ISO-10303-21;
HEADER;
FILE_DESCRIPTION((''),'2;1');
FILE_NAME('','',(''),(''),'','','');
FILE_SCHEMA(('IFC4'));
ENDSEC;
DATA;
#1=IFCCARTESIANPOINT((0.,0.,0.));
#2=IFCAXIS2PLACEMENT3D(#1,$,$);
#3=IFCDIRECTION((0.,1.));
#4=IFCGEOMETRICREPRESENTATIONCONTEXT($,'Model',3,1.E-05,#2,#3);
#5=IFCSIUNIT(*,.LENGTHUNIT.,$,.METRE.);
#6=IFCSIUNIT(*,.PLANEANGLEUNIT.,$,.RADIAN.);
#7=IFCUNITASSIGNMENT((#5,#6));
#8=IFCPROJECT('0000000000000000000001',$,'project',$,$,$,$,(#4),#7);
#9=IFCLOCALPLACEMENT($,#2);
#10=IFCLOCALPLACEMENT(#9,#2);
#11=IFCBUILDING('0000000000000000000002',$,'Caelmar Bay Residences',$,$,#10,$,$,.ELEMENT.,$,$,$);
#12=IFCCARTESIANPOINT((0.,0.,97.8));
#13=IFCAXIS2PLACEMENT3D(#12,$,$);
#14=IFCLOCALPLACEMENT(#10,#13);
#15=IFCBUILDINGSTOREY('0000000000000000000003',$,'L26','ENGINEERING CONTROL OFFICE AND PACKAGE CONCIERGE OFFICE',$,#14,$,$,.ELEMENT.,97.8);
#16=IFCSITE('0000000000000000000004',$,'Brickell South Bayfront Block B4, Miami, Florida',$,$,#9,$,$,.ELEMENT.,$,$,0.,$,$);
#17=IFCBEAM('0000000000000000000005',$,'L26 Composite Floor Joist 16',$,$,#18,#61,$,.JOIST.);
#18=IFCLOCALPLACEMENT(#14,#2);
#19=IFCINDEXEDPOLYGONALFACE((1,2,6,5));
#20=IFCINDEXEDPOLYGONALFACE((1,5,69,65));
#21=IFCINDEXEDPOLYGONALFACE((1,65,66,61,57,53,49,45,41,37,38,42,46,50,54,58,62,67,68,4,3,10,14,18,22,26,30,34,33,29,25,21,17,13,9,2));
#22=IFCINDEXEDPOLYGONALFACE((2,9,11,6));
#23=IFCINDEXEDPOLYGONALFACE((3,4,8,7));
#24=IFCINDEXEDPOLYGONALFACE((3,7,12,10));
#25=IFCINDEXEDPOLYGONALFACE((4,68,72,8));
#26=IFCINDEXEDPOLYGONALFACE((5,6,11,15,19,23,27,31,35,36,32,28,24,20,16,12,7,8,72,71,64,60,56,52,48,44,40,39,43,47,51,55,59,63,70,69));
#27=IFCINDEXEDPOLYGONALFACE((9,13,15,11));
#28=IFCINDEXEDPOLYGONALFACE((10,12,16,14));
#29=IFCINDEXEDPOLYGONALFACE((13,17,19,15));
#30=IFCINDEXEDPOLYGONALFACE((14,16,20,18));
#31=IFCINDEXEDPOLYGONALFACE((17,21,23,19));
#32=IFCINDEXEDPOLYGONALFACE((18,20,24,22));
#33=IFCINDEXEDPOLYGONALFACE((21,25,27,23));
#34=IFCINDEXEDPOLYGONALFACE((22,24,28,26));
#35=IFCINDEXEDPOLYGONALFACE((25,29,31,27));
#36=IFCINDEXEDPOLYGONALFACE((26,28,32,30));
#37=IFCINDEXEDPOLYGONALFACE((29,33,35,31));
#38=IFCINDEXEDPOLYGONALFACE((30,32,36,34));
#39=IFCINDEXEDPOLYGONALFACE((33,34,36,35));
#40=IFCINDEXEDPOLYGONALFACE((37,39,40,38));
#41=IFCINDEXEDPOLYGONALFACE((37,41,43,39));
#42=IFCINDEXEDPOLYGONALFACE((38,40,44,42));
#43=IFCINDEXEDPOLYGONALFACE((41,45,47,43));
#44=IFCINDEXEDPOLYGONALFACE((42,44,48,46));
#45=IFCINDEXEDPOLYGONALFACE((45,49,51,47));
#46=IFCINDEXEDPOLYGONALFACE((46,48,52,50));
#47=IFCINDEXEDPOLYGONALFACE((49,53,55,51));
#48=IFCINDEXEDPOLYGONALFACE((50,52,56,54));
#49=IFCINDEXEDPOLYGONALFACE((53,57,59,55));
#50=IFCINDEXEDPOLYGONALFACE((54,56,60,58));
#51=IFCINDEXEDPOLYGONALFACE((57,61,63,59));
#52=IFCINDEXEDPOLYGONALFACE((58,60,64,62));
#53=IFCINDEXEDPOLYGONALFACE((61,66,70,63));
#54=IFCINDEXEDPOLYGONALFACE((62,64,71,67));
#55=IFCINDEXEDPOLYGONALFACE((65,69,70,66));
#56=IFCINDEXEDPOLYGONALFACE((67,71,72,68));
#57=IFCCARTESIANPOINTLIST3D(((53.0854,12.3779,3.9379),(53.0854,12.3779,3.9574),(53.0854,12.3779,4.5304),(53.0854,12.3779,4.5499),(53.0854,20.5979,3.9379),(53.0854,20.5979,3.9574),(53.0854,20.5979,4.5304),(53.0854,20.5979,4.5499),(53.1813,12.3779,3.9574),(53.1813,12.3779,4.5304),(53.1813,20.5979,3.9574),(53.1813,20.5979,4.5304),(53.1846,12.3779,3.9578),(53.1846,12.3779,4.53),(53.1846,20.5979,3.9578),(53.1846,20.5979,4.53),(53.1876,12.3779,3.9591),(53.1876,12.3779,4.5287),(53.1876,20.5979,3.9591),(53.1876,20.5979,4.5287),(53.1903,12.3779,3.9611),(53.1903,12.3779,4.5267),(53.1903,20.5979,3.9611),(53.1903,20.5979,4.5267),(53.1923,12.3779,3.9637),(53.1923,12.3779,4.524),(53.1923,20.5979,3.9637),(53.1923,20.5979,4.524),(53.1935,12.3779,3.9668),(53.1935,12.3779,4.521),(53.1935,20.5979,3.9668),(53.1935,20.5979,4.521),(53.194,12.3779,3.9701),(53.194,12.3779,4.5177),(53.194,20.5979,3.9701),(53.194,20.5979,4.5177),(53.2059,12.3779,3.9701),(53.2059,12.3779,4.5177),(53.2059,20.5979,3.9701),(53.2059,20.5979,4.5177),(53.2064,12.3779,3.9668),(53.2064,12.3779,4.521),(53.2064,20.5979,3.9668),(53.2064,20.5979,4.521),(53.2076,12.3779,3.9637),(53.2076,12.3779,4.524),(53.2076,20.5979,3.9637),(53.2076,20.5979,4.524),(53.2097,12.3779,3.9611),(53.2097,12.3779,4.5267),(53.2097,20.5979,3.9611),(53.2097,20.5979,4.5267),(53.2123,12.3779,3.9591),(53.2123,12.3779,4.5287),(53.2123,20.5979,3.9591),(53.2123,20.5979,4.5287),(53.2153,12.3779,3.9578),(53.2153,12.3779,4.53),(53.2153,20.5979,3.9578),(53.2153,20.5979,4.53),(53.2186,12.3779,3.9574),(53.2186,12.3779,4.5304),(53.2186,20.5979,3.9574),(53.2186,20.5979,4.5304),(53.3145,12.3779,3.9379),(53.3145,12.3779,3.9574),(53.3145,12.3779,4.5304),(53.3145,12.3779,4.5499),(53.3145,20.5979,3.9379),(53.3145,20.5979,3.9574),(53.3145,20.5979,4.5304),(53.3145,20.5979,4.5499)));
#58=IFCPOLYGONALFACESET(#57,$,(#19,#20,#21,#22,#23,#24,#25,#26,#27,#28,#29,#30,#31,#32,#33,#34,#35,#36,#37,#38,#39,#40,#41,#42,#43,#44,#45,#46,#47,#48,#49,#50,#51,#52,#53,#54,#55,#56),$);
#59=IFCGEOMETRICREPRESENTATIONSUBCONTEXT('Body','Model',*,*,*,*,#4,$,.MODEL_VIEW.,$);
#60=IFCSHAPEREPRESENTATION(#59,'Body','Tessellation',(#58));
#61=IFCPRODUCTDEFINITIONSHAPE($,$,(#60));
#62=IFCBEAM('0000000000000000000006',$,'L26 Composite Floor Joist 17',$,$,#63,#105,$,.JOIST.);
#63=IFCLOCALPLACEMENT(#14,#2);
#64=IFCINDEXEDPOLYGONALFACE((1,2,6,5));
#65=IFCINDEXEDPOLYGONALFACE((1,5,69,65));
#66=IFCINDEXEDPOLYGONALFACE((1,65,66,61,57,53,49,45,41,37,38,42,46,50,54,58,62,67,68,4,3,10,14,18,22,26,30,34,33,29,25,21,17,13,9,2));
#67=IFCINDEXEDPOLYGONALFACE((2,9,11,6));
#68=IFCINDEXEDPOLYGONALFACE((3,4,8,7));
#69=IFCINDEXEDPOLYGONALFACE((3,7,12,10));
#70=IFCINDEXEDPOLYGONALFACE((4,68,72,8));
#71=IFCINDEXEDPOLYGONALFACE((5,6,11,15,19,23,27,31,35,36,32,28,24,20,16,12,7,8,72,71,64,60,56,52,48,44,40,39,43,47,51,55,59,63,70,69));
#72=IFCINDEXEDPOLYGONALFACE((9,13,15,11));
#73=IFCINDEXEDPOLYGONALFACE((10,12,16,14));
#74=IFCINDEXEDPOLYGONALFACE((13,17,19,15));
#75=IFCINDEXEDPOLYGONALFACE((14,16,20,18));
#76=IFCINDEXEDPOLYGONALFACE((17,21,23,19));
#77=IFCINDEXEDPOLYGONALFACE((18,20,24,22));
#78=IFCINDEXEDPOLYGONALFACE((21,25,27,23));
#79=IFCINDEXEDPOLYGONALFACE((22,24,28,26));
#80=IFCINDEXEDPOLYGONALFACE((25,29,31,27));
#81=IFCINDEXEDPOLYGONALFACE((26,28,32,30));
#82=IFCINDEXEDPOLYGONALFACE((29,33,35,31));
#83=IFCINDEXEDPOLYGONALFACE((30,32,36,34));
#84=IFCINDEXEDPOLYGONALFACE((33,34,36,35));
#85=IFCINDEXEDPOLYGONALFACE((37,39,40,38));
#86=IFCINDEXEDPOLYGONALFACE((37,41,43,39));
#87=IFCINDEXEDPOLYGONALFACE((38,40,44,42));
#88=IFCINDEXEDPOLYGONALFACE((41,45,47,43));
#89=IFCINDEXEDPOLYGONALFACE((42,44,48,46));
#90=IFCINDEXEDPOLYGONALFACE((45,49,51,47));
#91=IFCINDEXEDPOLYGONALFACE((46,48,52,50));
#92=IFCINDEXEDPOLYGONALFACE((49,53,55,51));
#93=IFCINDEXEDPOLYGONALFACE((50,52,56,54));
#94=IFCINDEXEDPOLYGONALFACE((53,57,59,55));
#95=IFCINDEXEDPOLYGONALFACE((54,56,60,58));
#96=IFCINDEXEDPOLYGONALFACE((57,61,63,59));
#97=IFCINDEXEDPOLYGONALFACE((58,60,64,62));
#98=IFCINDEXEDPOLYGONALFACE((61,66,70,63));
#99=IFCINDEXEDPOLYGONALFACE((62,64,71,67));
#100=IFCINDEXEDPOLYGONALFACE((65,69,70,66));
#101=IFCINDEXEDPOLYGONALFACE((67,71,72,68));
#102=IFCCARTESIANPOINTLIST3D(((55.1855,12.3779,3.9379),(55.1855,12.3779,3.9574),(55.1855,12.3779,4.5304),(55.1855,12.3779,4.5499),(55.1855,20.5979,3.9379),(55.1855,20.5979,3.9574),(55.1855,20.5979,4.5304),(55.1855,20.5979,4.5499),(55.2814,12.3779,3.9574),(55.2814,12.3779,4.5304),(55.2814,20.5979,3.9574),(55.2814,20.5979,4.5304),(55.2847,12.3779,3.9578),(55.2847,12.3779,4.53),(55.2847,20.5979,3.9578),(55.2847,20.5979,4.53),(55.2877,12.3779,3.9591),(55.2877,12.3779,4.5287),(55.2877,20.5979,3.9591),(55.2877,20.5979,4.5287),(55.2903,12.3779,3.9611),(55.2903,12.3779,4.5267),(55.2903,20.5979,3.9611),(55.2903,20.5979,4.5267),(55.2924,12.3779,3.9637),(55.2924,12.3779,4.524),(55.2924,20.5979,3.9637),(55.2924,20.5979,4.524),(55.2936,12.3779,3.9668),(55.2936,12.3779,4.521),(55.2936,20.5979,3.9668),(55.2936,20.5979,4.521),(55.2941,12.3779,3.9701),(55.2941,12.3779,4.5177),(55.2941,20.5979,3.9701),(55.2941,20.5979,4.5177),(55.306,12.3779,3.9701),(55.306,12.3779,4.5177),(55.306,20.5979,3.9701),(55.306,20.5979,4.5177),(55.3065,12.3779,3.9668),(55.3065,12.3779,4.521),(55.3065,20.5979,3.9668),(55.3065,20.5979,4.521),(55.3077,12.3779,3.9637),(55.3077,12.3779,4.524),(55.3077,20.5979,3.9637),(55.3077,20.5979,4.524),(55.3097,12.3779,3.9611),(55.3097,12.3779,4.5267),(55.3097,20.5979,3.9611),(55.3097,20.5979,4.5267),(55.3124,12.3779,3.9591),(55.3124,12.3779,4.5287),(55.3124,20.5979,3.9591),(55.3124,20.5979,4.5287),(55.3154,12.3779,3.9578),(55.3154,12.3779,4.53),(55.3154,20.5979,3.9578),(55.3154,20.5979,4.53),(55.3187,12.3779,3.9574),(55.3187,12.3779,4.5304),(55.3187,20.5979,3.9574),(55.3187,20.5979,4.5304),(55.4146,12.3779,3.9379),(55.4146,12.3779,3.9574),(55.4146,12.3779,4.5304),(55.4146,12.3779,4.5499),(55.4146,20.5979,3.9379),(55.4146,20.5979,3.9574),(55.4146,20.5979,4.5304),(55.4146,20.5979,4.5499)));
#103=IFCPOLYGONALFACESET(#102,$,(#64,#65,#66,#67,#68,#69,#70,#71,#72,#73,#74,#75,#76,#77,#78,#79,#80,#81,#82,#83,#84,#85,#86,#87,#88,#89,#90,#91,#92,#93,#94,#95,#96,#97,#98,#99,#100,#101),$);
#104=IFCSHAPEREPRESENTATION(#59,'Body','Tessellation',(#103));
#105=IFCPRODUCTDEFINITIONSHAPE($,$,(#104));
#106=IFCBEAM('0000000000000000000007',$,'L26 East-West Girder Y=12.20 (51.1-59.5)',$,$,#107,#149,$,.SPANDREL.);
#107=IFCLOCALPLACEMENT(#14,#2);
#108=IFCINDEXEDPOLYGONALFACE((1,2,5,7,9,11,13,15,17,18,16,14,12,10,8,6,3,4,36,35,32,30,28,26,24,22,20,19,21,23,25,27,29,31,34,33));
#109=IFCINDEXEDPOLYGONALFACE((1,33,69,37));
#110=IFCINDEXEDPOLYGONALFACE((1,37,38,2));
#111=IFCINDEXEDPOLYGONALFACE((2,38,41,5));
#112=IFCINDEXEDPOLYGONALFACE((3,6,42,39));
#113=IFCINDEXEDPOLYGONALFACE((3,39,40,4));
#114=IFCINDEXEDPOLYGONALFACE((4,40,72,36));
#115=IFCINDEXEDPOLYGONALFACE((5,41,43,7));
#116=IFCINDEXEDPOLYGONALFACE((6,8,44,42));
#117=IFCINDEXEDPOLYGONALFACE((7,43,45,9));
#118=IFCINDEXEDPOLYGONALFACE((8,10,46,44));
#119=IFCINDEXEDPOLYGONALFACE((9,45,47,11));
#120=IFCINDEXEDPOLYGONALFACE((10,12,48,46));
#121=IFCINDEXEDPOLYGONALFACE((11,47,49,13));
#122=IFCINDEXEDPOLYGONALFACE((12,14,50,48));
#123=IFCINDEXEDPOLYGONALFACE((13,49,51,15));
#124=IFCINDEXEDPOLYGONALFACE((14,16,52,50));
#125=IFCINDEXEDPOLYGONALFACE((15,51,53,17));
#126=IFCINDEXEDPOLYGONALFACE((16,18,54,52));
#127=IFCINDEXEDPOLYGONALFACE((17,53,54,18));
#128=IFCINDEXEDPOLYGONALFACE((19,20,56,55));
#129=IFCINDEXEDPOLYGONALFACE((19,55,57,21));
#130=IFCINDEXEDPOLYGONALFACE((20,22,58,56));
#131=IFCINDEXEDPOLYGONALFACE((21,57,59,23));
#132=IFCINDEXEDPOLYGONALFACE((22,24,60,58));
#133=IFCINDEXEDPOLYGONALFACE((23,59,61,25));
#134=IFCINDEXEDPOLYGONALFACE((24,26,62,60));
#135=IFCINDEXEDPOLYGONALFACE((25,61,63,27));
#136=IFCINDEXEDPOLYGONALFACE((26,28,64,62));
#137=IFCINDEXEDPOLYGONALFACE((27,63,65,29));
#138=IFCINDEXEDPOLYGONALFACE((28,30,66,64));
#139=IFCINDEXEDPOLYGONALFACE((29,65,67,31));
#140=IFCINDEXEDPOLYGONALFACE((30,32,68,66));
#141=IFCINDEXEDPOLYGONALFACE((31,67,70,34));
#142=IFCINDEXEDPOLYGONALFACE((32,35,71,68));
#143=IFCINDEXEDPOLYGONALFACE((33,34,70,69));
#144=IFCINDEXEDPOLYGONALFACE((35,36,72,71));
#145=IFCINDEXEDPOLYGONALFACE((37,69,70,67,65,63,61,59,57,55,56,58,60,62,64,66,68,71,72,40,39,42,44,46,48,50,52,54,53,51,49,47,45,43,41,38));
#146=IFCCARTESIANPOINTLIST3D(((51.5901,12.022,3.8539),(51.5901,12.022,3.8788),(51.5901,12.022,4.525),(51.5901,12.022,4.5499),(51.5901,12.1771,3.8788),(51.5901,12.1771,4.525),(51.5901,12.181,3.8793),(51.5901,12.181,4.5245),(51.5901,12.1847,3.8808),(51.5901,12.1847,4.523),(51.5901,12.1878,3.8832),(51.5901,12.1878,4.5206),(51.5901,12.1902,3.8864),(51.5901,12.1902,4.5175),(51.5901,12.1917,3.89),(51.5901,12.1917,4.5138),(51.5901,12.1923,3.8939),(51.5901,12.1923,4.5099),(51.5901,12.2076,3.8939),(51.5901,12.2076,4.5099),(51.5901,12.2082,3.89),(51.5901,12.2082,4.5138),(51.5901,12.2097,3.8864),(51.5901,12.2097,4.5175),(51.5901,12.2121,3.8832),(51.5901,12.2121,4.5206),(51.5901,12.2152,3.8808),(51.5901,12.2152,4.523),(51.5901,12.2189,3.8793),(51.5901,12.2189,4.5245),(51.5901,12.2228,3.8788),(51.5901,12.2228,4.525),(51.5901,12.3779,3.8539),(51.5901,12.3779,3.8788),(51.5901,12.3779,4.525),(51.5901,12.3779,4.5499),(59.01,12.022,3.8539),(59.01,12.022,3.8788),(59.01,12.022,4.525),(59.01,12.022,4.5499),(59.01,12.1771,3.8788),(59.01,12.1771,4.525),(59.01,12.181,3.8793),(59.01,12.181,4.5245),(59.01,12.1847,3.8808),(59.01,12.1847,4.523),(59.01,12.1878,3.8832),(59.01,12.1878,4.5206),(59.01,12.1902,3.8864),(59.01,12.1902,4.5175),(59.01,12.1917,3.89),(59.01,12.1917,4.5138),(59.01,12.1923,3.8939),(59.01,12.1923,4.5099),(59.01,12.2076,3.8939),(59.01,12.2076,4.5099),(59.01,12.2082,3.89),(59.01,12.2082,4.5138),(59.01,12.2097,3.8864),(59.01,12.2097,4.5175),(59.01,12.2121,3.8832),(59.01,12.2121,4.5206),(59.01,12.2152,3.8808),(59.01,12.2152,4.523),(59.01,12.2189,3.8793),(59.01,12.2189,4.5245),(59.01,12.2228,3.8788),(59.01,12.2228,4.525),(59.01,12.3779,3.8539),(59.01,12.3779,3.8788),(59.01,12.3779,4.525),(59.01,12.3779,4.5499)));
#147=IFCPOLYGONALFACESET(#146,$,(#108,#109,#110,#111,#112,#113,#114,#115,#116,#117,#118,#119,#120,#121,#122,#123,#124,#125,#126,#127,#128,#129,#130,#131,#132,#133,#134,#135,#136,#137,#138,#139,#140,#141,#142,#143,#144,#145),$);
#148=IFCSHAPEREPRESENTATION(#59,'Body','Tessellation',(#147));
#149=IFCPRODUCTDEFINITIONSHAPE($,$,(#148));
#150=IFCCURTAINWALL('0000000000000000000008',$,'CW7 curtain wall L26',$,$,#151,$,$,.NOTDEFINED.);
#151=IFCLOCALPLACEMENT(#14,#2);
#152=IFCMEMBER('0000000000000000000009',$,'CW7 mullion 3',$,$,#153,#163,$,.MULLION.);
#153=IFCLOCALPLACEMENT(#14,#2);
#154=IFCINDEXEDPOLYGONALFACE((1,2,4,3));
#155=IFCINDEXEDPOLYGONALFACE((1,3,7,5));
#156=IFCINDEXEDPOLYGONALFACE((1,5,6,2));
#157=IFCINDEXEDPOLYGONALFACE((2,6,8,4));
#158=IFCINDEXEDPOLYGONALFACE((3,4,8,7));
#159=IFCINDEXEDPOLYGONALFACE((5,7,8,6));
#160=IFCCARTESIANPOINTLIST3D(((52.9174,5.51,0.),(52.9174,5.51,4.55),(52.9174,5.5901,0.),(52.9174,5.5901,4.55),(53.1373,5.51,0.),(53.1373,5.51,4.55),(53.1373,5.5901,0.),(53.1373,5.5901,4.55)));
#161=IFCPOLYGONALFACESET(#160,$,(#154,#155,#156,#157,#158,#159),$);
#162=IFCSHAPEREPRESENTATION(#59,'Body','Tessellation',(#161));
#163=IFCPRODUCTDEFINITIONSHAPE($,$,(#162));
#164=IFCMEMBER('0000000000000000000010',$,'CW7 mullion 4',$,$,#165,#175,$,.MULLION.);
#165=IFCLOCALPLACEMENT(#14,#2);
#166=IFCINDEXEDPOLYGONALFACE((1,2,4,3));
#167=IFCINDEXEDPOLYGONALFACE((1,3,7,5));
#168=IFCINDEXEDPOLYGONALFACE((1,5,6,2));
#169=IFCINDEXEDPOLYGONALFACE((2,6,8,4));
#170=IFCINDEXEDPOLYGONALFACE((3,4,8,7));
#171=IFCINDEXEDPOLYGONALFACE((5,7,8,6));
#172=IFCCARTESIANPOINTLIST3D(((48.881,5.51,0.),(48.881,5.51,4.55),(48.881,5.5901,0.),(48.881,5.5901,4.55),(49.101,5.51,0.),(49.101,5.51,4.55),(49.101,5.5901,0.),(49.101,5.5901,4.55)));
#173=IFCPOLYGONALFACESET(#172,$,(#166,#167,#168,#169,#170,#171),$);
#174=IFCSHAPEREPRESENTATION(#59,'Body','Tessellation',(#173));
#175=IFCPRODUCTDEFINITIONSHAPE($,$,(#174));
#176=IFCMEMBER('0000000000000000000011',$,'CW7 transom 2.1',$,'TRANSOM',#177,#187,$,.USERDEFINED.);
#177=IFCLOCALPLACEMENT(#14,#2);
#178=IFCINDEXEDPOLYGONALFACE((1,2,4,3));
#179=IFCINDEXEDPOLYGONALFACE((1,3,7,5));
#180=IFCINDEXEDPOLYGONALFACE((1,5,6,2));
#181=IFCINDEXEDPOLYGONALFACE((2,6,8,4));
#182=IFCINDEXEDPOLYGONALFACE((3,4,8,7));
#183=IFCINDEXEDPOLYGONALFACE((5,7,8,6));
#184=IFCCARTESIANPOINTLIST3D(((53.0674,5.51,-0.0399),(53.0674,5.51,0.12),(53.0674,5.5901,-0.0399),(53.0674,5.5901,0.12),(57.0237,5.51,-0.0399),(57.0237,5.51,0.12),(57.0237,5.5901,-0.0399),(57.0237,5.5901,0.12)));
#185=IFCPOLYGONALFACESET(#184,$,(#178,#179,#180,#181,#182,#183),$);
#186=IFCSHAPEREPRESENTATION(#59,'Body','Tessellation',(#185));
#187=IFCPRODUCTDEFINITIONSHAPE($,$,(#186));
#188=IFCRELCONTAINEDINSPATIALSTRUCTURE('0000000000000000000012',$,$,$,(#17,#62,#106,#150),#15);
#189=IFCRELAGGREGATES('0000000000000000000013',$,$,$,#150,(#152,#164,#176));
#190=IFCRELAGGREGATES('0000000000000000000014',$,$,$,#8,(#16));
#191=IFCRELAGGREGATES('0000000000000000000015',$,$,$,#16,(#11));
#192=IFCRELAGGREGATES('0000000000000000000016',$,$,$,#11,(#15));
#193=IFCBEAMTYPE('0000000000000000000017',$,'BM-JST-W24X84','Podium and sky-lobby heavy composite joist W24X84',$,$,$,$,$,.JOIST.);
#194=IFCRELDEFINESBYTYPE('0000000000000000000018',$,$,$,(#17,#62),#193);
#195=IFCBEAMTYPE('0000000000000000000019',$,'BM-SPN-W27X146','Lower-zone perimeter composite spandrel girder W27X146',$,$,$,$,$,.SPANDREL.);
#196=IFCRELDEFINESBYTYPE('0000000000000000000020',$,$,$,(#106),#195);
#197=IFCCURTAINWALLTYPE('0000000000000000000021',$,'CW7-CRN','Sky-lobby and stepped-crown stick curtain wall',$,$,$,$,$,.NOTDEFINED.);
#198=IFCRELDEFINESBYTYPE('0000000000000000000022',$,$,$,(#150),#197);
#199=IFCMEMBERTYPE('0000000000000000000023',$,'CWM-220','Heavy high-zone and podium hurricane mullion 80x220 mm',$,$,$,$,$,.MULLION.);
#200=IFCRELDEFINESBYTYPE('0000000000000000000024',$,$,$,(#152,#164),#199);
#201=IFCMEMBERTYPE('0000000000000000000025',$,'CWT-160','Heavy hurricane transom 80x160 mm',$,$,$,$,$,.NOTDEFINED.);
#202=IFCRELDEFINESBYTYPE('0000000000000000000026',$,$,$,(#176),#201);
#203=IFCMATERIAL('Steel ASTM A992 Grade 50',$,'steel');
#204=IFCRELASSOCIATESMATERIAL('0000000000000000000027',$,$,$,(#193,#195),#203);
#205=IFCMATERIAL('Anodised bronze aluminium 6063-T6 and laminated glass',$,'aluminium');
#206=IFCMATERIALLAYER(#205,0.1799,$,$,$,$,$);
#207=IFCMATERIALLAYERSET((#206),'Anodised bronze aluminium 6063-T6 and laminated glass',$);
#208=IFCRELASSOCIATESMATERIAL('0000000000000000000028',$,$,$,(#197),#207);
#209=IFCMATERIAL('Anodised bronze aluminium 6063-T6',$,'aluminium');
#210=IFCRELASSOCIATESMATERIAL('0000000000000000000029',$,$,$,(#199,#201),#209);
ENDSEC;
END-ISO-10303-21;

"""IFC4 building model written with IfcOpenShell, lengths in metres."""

from ifc_helpers import new_model, si_unit, direction, frame, origin, origin_2d, place, context, subcontext, project, spatial, rectangle, i_section, extrude, material, layer, layer_set, material_profile, profile_set, type_object, element, aggregate, save


model = new_model("IFC4")

# Units and contexts
model_context = context("Model", 3, precision=1e-05, world=origin(), true_north=direction((0.0, 1.0)))
body_context = subcontext(model_context, "Body", "Model", "MODEL_VIEW")
ifc_project = project(units=[si_unit("LENGTHUNIT", "METRE"), si_unit("PLANEANGLEUNIT", "RADIAN")], contexts=[model_context])

# Site, building, storey
site_placement = place(None, origin())
site = spatial("IfcSite", under=ifc_project, at=site_placement, Name="Brickell South Bayfront Block B4, Miami, Florida", CompositionType="ELEMENT", RefElevation=0.0)
building_placement = place(site_placement, origin())
building = spatial("IfcBuilding", under=site, at=building_placement, Name="Caelmar Bay Residences", CompositionType="ELEMENT")
storey_placement = place(building_placement, frame((0.0, 0.0, 97.8)))
storey = spatial("IfcBuildingStorey", under=building, at=storey_placement, Name="L26", Description="ENGINEERING CONTROL OFFICE AND PACKAGE CONCIERGE OFFICE", CompositionType="ELEMENT", Elevation=97.8)

# Beams
ifc_material_1 = material(Name="Steel ASTM A992 Grade 50", Category="steel")
ifc_material_profile_1 = material_profile(ifc_material_1, i_section(OverallWidth=0.229, OverallDepth=0.6121, WebThickness=0.012, FlangeThickness=0.0195, FilletRadius=0.0127, at=origin_2d()), Name="W24X84")
ifc_profile_set_1 = profile_set([ifc_material_profile_1], Name="Steel ASTM A992 Grade 50")
beam_type_1 = type_object("IfcBeamType", Name="BM-JST-W24X84", Description="Podium and sky-lobby heavy composite joist W24X84", PredefinedType="JOIST", material=ifc_profile_set_1)
for number, where, z_axis, x_axis, name in (
    (1, (53.2, 12.3779, 4.2439), (0.0, 1.0, 0.0), (-1.0, 0.0, 0.0), "L26 Composite Floor Joist 16"),
    (2, (55.3, 12.3779, 4.2439), (0.0, 1.0, 0.0), (-1.0, 0.0, 0.0), "L26 Composite Floor Joist 17"),
):
    element("IfcBeam", number, at=place(storey_placement, frame(where, z_axis=z_axis, x_axis=x_axis)), inside=storey, type_object=beam_type_1, Name=name, PredefinedType="JOIST", context=body_context, shape_type="SweptSolid", body=[
        extrude(i_section(OverallWidth=0.229, OverallDepth=0.6121, WebThickness=0.012, FlangeThickness=0.0195, FilletRadius=0.0127, at=origin_2d()), origin(), (0.0, 0.0, 1.0), 8.22),
    ])
ifc_material_profile_2 = material_profile(ifc_material_1, i_section(OverallWidth=0.356, OverallDepth=0.696, WebThickness=0.0154, FlangeThickness=0.0249, FilletRadius=0.0151, at=origin_2d()), Name="W27X146")
ifc_profile_set_2 = profile_set([ifc_material_profile_2], Name="Steel ASTM A992 Grade 50")
beam_type_2 = type_object("IfcBeamType", Name="BM-SPN-W27X146", Description="Lower-zone perimeter composite spandrel girder W27X146", PredefinedType="SPANDREL", material=ifc_profile_set_2)
beam_1_placement = place(storey_placement, frame((51.5901, 12.2, 4.2019), z_axis=(1.0, 0.0, 0.0), x_axis=(0.0, 1.0, 0.0)))
element("IfcBeam", 3, at=beam_1_placement, inside=storey, type_object=beam_type_2, Name="L26 East-West Girder Y=12.20 (51.1-59.5)", PredefinedType="SPANDREL", context=body_context, shape_type="SweptSolid", body=[
    extrude(i_section(OverallWidth=0.356, OverallDepth=0.696, WebThickness=0.0154, FlangeThickness=0.0249, FilletRadius=0.0151, at=origin_2d()), origin(), (0.0, 0.0, 1.0), 7.4199),
])

# Curtain wall, members
ifc_material_2 = material(Name="Anodised bronze aluminium 6063-T6 and laminated glass", Category="aluminium")
ifc_layer_1 = layer(ifc_material_2, 0.1799)
ifc_layer_set_1 = layer_set([ifc_layer_1], Name="Anodised bronze aluminium 6063-T6 and laminated glass")
curtain_wall_type = type_object("IfcCurtainWallType", Name="CW7-CRN", Description="Sky-lobby and stepped-crown stick curtain wall", PredefinedType="NOTDEFINED", material=ifc_layer_set_1)
curtain_wall_placement = place(storey_placement, origin())
curtain_wall = element("IfcCurtainWall", 4, at=curtain_wall_placement, inside=storey, type_object=curtain_wall_type, Name="CW7 curtain wall L26", PredefinedType="NOTDEFINED")
ifc_material_3 = material(Name="Anodised bronze aluminium 6063-T6", Category="aluminium")
ifc_material_profile_3 = material_profile(ifc_material_3, rectangle(XDim=0.0801, YDim=0.22, at=origin_2d()), Name="CWM-80X220")
ifc_profile_set_3 = profile_set([ifc_material_profile_3], Name="Anodised bronze aluminium 6063-T6")
member_type_1 = type_object("IfcMemberType", Name="CWM-220", Description="Heavy high-zone and podium hurricane mullion 80x220 mm", PredefinedType="MULLION", material=ifc_profile_set_3)
member_1_placement = place(storey_placement, frame((53.0273, 5.55, 0.0), z_axis=(0.0, 0.0, 1.0), x_axis=(0.0, -1.0, 0.0)))
member_1 = element("IfcMember", 5, at=member_1_placement, type_object=member_type_1, Name="CW7 mullion 3", PredefinedType="MULLION", context=body_context, shape_type="SweptSolid", body=[
    extrude(rectangle(XDim=0.0801, YDim=0.22, at=origin_2d()), origin(), (0.0, 0.0, 1.0), 4.55),
])
member_2_placement = place(storey_placement, frame((48.991, 5.55, 0.0), z_axis=(0.0, 0.0, 1.0), x_axis=(0.0, -1.0, 0.0)))
member_2 = element("IfcMember", 6, at=member_2_placement, type_object=member_type_1, Name="CW7 mullion 4", PredefinedType="MULLION", context=body_context, shape_type="SweptSolid", body=[
    extrude(rectangle(XDim=0.0801, YDim=0.22, at=origin_2d()), origin(), (0.0, 0.0, 1.0), 4.55),
])
ifc_material_profile_4 = material_profile(ifc_material_3, rectangle(XDim=0.0801, YDim=0.1599, at=origin_2d()), Name="CWT-80X160")
ifc_profile_set_4 = profile_set([ifc_material_profile_4], Name="Anodised bronze aluminium 6063-T6")
member_type_2 = type_object("IfcMemberType", Name="CWT-160", Description="Heavy hurricane transom 80x160 mm", PredefinedType="NOTDEFINED", material=ifc_profile_set_4)
member_3_placement = place(storey_placement, frame((57.0237, 5.55, 0.04), z_axis=(-1.0, 0.0, 0.0), x_axis=(0.0, -1.0, 0.0)))
member_3 = element("IfcMember", 7, at=member_3_placement, type_object=member_type_2, Name="CW7 transom 2.1", ObjectType="TRANSOM", PredefinedType="USERDEFINED", context=body_context, shape_type="SweptSolid", body=[
    extrude(rectangle(XDim=0.0801, YDim=0.1599, at=origin_2d()), origin(), (0.0, 0.0, 1.0), 3.9563),
])
aggregate(curtain_wall, [member_1, member_2, member_3])

save(model, "model.ifc")
